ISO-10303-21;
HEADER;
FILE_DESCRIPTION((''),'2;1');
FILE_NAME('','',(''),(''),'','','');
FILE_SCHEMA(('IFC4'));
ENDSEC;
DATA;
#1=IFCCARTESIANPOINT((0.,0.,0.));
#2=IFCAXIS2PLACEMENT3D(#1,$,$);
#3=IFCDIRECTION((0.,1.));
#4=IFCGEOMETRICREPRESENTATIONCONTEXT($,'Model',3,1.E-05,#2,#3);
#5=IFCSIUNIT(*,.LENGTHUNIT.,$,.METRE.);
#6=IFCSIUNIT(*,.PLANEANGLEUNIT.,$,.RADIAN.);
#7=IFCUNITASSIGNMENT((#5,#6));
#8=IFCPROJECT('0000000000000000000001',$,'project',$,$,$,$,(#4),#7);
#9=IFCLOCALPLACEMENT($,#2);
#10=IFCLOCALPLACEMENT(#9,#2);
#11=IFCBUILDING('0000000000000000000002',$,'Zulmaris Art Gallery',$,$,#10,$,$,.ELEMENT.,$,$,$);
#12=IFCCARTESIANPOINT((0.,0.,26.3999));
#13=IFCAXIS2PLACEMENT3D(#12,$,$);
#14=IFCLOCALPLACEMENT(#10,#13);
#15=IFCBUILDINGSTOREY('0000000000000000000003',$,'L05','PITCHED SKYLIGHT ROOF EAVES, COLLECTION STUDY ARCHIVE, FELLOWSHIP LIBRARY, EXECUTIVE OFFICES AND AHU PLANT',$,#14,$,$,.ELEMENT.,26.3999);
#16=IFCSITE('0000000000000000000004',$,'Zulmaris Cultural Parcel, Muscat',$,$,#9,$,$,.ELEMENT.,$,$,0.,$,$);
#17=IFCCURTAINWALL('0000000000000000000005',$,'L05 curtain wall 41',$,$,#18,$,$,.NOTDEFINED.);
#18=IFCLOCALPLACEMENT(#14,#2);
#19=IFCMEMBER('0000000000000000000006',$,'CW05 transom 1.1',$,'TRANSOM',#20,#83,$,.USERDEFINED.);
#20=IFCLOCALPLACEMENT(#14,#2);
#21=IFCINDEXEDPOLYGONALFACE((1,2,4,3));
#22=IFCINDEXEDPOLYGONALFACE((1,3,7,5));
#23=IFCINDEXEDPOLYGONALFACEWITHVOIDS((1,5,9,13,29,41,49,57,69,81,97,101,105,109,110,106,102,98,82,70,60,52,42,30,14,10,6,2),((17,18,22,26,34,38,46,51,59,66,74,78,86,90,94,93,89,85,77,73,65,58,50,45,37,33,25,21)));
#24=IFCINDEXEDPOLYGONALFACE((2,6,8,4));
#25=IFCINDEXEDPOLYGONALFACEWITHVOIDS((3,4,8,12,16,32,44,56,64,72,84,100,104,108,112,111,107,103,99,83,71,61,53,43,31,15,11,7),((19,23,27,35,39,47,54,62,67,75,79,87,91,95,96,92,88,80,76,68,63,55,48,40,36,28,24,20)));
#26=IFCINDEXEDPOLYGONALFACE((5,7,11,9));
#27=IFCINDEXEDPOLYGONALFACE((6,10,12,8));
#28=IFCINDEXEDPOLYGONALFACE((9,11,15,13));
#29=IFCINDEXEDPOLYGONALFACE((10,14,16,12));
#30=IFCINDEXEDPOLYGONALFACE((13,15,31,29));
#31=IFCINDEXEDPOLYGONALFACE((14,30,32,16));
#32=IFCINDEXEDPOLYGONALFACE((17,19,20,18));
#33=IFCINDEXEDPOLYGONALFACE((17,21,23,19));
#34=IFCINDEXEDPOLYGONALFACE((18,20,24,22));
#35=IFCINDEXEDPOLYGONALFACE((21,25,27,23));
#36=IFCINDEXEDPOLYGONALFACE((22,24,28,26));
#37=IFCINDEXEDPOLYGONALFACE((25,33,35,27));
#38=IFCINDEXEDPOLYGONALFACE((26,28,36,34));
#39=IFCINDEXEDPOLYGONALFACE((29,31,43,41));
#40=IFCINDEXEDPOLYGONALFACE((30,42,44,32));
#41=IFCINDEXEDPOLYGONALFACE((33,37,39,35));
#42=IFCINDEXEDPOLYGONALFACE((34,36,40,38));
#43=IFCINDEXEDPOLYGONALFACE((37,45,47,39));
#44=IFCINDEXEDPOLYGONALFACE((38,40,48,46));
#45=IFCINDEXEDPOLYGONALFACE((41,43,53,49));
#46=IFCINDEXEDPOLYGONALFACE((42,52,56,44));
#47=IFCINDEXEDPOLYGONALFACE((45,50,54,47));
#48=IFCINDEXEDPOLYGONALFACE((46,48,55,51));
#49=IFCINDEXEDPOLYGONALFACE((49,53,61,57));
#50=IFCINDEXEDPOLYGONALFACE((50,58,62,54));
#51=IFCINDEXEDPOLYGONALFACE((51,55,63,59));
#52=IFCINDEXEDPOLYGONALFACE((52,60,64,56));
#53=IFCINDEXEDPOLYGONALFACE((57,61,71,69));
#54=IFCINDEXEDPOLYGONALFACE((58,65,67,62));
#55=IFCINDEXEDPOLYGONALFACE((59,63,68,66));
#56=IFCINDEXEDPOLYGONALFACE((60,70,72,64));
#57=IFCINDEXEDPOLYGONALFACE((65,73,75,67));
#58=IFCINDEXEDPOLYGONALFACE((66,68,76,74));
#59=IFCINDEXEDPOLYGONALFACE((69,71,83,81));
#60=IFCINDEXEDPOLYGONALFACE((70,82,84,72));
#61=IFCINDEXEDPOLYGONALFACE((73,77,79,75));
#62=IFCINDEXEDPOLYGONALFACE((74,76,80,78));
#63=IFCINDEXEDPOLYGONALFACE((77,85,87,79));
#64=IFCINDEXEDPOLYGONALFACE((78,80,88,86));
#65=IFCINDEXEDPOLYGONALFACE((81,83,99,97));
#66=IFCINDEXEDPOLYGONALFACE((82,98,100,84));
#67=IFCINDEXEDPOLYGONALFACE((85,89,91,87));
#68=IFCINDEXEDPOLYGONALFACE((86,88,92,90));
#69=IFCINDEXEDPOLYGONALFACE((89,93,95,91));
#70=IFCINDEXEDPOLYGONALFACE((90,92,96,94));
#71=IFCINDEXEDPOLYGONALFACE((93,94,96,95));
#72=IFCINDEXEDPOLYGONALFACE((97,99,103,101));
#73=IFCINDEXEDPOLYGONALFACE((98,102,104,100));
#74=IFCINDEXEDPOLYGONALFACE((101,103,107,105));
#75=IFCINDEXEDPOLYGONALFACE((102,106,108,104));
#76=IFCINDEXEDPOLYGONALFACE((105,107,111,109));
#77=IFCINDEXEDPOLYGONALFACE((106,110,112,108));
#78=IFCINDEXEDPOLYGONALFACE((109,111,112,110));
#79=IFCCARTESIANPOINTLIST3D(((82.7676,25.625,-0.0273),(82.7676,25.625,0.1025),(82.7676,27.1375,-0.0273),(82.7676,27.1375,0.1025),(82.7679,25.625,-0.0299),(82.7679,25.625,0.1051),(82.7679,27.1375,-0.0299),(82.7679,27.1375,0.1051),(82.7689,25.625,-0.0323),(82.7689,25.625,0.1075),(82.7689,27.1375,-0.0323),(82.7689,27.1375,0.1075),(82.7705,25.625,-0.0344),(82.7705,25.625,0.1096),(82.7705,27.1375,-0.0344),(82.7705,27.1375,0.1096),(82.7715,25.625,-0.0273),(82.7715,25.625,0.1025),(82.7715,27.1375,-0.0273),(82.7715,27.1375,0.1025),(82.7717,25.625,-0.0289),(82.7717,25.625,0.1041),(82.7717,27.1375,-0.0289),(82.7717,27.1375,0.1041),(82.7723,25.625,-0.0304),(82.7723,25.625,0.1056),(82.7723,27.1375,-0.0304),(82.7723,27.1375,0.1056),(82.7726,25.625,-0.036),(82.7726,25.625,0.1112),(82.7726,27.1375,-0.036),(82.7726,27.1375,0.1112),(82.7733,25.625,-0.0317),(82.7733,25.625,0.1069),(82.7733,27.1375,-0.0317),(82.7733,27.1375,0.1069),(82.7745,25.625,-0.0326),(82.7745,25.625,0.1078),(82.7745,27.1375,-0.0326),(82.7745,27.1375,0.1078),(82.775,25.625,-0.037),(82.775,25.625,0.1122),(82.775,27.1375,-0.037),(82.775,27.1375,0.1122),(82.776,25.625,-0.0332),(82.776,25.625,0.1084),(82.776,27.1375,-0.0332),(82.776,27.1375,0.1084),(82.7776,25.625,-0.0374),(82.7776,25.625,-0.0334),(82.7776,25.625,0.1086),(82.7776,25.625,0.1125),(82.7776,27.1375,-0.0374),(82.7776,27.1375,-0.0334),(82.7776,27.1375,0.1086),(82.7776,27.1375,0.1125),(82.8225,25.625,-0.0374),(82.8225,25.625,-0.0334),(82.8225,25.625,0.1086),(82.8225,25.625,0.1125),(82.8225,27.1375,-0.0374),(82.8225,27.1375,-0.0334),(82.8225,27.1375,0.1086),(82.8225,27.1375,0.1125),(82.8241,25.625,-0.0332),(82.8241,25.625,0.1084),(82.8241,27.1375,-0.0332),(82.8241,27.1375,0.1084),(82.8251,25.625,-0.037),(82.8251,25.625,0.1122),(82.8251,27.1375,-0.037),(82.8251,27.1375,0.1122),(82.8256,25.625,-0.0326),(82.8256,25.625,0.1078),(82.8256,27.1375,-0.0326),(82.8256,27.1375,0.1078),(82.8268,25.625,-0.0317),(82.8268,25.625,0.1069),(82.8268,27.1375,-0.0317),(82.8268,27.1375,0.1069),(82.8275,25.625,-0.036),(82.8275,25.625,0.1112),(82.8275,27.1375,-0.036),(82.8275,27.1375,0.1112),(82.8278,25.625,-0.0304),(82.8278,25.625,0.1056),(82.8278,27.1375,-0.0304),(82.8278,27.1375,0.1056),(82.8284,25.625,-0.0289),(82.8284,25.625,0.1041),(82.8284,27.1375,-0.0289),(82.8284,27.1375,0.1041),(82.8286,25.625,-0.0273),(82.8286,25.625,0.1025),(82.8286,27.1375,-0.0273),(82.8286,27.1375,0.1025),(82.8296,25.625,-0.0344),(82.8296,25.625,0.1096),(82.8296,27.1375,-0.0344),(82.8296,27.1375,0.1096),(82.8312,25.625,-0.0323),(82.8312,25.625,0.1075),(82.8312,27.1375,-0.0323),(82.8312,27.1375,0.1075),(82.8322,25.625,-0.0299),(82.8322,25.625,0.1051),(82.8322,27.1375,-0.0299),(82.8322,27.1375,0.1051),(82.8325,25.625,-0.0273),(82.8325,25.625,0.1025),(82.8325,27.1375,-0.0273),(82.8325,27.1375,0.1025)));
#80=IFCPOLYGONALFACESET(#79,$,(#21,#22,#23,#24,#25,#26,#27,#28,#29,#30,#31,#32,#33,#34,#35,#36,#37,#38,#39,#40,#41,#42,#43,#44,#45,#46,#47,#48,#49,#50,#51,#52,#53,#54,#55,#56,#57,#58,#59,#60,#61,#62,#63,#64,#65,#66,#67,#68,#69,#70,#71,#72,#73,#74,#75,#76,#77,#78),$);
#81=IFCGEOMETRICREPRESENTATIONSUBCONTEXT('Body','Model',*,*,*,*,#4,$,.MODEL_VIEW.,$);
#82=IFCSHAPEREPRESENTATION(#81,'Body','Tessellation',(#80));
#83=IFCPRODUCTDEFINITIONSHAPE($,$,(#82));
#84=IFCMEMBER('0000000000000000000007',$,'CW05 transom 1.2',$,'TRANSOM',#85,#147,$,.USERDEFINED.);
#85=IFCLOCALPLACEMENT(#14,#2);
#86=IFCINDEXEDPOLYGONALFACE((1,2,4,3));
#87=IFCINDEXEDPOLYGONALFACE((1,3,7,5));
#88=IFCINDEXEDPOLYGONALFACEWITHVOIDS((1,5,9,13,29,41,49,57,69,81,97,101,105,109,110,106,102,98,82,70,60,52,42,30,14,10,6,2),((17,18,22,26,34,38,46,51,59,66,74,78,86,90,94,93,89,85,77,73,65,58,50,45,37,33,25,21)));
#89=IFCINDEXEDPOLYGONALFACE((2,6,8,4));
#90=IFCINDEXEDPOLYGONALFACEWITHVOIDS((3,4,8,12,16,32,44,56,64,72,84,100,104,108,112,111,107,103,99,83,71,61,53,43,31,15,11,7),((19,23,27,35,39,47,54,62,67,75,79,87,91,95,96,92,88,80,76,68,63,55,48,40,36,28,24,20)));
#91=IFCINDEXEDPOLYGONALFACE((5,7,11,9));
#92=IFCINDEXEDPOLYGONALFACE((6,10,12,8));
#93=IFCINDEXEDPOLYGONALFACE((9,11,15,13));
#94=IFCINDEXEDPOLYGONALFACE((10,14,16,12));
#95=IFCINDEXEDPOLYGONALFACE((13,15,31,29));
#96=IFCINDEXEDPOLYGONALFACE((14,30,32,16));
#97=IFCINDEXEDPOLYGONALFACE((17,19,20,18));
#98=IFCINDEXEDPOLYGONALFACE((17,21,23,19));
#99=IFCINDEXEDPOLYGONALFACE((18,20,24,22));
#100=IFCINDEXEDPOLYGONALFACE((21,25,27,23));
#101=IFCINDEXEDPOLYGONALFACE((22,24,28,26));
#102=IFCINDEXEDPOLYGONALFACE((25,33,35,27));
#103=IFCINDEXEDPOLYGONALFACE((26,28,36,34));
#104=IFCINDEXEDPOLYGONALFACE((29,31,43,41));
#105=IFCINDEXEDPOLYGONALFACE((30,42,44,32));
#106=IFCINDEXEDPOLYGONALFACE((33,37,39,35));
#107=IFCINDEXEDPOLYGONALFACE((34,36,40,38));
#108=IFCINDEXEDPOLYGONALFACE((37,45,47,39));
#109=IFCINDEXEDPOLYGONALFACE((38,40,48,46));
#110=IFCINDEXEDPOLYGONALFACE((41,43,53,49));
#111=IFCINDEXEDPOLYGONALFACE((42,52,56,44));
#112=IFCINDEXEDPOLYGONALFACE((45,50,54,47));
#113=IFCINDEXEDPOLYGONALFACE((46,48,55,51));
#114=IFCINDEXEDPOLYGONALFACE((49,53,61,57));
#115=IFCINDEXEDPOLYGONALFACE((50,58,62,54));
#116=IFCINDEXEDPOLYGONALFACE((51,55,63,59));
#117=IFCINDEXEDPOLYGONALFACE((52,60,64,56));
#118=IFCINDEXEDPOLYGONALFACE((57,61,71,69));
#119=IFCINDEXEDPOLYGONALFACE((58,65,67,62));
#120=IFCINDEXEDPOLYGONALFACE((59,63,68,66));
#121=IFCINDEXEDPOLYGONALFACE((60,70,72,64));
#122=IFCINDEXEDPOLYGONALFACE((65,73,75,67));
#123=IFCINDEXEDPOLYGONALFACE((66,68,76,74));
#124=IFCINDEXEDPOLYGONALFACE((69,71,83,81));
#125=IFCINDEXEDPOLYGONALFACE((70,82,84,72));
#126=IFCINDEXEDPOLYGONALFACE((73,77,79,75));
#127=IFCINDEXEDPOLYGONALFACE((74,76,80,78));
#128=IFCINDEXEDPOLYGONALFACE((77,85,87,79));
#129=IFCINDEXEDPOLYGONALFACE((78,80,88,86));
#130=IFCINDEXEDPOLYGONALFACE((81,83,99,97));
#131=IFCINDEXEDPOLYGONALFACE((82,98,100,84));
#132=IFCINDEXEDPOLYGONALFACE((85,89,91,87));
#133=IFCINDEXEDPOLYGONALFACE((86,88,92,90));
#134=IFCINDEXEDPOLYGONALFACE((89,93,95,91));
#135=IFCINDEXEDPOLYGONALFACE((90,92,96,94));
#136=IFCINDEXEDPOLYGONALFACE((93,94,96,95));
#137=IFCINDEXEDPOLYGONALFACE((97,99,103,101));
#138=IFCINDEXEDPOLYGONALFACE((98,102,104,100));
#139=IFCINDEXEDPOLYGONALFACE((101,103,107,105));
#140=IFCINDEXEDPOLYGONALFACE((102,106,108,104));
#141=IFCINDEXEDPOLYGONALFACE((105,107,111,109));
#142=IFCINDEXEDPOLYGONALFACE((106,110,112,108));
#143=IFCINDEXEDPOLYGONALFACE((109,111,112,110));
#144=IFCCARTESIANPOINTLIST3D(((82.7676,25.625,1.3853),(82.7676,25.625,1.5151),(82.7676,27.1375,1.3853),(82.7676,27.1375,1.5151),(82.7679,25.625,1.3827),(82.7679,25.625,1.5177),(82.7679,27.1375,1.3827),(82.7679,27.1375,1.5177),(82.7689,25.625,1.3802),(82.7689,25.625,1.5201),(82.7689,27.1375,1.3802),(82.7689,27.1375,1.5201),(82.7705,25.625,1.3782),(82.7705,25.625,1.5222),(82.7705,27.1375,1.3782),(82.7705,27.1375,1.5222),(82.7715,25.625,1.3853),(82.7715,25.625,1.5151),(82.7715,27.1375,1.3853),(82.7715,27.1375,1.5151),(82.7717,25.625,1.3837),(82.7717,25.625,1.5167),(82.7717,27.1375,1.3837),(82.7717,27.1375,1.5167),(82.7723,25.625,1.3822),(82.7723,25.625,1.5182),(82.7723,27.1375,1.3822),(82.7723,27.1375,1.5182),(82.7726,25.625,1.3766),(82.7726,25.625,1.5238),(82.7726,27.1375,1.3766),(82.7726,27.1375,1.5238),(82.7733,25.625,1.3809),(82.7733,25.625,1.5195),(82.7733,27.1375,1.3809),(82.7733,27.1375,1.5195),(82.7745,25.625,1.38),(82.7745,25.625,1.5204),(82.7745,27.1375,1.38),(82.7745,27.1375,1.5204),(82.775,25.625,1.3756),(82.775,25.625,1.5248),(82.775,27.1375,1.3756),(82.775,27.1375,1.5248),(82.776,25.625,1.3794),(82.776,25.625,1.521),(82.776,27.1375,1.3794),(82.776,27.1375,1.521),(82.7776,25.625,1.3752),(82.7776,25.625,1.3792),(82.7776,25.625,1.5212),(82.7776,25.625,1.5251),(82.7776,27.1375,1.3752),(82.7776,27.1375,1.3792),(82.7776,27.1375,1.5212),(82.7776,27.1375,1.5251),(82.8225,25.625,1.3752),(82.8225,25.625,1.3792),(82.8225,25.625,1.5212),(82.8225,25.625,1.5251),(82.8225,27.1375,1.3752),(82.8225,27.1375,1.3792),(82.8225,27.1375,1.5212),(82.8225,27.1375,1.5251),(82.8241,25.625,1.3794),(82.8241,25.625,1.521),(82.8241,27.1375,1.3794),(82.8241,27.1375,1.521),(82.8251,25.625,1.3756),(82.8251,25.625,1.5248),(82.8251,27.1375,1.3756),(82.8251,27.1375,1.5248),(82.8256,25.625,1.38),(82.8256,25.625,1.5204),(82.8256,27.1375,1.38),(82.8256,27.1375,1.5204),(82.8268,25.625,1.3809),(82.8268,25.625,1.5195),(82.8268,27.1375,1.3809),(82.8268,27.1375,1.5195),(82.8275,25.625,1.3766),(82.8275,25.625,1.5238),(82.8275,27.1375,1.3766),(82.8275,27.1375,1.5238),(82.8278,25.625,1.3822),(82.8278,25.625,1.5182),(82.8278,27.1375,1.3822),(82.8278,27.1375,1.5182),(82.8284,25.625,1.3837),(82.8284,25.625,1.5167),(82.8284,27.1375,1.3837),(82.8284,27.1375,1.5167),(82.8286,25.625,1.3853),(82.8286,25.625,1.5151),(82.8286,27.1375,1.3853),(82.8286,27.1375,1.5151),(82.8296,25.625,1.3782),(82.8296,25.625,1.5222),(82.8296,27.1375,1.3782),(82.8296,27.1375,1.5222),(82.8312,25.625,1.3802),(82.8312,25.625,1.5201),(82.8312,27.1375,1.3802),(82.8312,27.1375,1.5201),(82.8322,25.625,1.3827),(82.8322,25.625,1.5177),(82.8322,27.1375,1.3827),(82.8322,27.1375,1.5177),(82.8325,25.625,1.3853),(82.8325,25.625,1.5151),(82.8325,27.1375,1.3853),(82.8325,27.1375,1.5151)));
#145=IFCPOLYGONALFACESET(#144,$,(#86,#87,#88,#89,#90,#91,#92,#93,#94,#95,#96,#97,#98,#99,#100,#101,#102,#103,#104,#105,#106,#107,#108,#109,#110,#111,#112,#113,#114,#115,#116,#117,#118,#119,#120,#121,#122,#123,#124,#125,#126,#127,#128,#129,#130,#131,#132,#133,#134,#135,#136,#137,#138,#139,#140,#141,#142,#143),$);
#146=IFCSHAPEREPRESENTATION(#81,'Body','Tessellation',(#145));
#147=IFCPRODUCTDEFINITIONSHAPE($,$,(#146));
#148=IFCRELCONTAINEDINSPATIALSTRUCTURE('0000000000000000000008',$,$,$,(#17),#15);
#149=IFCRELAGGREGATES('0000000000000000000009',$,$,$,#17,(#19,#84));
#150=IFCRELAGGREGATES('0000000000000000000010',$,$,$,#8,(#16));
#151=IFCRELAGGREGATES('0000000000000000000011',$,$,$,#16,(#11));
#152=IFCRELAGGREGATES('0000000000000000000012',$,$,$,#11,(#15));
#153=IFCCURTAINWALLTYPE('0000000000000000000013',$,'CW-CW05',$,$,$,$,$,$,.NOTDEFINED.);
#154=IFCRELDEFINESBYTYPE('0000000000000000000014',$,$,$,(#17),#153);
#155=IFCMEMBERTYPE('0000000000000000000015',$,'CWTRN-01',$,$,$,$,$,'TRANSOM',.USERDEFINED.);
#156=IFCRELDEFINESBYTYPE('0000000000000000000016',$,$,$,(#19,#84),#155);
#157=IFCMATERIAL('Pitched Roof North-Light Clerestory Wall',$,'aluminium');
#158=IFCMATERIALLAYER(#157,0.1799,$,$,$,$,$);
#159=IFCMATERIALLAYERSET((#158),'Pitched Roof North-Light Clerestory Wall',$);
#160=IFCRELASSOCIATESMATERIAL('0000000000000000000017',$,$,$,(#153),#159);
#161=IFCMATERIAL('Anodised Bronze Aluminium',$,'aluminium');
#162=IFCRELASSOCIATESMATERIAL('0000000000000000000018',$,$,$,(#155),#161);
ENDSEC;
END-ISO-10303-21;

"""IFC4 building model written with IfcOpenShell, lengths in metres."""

from ifc_helpers import new_model, si_unit, direction, frame, origin, origin_2d, place, context, subcontext, project, spatial, hollow_rectangle, extrude, material, layer, layer_set, material_profile, profile_set, type_object, element, aggregate, save


model = new_model("IFC4")

# Units and contexts
model_context = context("Model", 3, precision=1e-05, world=origin(), true_north=direction((0.0, 1.0)))
body_context = subcontext(model_context, "Body", "Model", "MODEL_VIEW")
ifc_project = project(units=[si_unit("LENGTHUNIT", "METRE"), si_unit("PLANEANGLEUNIT", "RADIAN")], contexts=[model_context])

# Site, building, storey
site_placement = place(None, origin())
site = spatial("IfcSite", under=ifc_project, at=site_placement, Name="Zulmaris Cultural Parcel, Muscat", CompositionType="ELEMENT", RefElevation=0.0)
building_placement = place(site_placement, origin())
building = spatial("IfcBuilding", under=site, at=building_placement, Name="Zulmaris Art Gallery", CompositionType="ELEMENT")
storey_placement = place(building_placement, frame((0.0, 0.0, 26.3999)))
storey = spatial("IfcBuildingStorey", under=building, at=storey_placement, Name="L05", Description="PITCHED SKYLIGHT ROOF EAVES, COLLECTION STUDY ARCHIVE, FELLOWSHIP LIBRARY, EXECUTIVE OFFICES AND AHU PLANT", CompositionType="ELEMENT", Elevation=26.3999)

# Curtain wall, members
ifc_material_1 = material(Name="Pitched Roof North-Light Clerestory Wall", Category="aluminium")
ifc_layer_1 = layer(ifc_material_1, 0.1799)
ifc_layer_set_1 = layer_set([ifc_layer_1], Name="Pitched Roof North-Light Clerestory Wall")
curtain_wall_type = type_object("IfcCurtainWallType", Name="CW-CW05", PredefinedType="NOTDEFINED", material=ifc_layer_set_1)
curtain_wall_placement = place(storey_placement, origin())
curtain_wall = element("IfcCurtainWall", 1, at=curtain_wall_placement, inside=storey, type_object=curtain_wall_type, Name="L05 curtain wall 41", PredefinedType="NOTDEFINED")
ifc_material_2 = material(Name="Anodised Bronze Aluminium", Category="aluminium")
ifc_material_profile_1 = material_profile(ifc_material_2, hollow_rectangle(XDim=0.0649, YDim=0.1499, WallThickness=0.0039, InnerFilletRadius=0.0061, OuterFilletRadius=0.01, at=origin_2d()), Name="ALU 65x150x4")
ifc_profile_set_1 = profile_set([ifc_material_profile_1], Name="Anodised Bronze Aluminium")
member_type_1 = type_object("IfcMemberType", Name="CWTRN-01", ElementType="TRANSOM", PredefinedType="USERDEFINED", material=ifc_profile_set_1)
member_1_placement = place(storey_placement, frame((82.8, 25.625, 0.0376), z_axis=(0.0, 1.0, 0.0), x_axis=(-1.0, 0.0, 0.0)))
member_1 = element("IfcMember", 2, at=member_1_placement, type_object=member_type_1, Name="CW05 transom 1.1", ObjectType="TRANSOM", PredefinedType="USERDEFINED", context=body_context, shape_type="SweptSolid", body=[
    extrude(hollow_rectangle(XDim=0.0649, YDim=0.1499, WallThickness=0.0039, InnerFilletRadius=0.0061, OuterFilletRadius=0.01, at=origin_2d()), origin(), (0.0, 0.0, 1.0), 1.5125),
])
member_2_placement = place(storey_placement, frame((82.8, 25.625, 1.4502), z_axis=(0.0, 1.0, 0.0), x_axis=(-1.0, 0.0, 0.0)))
member_2 = element("IfcMember", 3, at=member_2_placement, type_object=member_type_1, Name="CW05 transom 1.2", ObjectType="TRANSOM", PredefinedType="USERDEFINED", context=body_context, shape_type="SweptSolid", body=[
    extrude(hollow_rectangle(XDim=0.0649, YDim=0.1499, WallThickness=0.0039, InnerFilletRadius=0.0061, OuterFilletRadius=0.01, at=origin_2d()), origin(), (0.0, 0.0, 1.0), 1.5125),
])

aggregate(curtain_wall, [member_1, member_2])

save(model, "model.ifc")
